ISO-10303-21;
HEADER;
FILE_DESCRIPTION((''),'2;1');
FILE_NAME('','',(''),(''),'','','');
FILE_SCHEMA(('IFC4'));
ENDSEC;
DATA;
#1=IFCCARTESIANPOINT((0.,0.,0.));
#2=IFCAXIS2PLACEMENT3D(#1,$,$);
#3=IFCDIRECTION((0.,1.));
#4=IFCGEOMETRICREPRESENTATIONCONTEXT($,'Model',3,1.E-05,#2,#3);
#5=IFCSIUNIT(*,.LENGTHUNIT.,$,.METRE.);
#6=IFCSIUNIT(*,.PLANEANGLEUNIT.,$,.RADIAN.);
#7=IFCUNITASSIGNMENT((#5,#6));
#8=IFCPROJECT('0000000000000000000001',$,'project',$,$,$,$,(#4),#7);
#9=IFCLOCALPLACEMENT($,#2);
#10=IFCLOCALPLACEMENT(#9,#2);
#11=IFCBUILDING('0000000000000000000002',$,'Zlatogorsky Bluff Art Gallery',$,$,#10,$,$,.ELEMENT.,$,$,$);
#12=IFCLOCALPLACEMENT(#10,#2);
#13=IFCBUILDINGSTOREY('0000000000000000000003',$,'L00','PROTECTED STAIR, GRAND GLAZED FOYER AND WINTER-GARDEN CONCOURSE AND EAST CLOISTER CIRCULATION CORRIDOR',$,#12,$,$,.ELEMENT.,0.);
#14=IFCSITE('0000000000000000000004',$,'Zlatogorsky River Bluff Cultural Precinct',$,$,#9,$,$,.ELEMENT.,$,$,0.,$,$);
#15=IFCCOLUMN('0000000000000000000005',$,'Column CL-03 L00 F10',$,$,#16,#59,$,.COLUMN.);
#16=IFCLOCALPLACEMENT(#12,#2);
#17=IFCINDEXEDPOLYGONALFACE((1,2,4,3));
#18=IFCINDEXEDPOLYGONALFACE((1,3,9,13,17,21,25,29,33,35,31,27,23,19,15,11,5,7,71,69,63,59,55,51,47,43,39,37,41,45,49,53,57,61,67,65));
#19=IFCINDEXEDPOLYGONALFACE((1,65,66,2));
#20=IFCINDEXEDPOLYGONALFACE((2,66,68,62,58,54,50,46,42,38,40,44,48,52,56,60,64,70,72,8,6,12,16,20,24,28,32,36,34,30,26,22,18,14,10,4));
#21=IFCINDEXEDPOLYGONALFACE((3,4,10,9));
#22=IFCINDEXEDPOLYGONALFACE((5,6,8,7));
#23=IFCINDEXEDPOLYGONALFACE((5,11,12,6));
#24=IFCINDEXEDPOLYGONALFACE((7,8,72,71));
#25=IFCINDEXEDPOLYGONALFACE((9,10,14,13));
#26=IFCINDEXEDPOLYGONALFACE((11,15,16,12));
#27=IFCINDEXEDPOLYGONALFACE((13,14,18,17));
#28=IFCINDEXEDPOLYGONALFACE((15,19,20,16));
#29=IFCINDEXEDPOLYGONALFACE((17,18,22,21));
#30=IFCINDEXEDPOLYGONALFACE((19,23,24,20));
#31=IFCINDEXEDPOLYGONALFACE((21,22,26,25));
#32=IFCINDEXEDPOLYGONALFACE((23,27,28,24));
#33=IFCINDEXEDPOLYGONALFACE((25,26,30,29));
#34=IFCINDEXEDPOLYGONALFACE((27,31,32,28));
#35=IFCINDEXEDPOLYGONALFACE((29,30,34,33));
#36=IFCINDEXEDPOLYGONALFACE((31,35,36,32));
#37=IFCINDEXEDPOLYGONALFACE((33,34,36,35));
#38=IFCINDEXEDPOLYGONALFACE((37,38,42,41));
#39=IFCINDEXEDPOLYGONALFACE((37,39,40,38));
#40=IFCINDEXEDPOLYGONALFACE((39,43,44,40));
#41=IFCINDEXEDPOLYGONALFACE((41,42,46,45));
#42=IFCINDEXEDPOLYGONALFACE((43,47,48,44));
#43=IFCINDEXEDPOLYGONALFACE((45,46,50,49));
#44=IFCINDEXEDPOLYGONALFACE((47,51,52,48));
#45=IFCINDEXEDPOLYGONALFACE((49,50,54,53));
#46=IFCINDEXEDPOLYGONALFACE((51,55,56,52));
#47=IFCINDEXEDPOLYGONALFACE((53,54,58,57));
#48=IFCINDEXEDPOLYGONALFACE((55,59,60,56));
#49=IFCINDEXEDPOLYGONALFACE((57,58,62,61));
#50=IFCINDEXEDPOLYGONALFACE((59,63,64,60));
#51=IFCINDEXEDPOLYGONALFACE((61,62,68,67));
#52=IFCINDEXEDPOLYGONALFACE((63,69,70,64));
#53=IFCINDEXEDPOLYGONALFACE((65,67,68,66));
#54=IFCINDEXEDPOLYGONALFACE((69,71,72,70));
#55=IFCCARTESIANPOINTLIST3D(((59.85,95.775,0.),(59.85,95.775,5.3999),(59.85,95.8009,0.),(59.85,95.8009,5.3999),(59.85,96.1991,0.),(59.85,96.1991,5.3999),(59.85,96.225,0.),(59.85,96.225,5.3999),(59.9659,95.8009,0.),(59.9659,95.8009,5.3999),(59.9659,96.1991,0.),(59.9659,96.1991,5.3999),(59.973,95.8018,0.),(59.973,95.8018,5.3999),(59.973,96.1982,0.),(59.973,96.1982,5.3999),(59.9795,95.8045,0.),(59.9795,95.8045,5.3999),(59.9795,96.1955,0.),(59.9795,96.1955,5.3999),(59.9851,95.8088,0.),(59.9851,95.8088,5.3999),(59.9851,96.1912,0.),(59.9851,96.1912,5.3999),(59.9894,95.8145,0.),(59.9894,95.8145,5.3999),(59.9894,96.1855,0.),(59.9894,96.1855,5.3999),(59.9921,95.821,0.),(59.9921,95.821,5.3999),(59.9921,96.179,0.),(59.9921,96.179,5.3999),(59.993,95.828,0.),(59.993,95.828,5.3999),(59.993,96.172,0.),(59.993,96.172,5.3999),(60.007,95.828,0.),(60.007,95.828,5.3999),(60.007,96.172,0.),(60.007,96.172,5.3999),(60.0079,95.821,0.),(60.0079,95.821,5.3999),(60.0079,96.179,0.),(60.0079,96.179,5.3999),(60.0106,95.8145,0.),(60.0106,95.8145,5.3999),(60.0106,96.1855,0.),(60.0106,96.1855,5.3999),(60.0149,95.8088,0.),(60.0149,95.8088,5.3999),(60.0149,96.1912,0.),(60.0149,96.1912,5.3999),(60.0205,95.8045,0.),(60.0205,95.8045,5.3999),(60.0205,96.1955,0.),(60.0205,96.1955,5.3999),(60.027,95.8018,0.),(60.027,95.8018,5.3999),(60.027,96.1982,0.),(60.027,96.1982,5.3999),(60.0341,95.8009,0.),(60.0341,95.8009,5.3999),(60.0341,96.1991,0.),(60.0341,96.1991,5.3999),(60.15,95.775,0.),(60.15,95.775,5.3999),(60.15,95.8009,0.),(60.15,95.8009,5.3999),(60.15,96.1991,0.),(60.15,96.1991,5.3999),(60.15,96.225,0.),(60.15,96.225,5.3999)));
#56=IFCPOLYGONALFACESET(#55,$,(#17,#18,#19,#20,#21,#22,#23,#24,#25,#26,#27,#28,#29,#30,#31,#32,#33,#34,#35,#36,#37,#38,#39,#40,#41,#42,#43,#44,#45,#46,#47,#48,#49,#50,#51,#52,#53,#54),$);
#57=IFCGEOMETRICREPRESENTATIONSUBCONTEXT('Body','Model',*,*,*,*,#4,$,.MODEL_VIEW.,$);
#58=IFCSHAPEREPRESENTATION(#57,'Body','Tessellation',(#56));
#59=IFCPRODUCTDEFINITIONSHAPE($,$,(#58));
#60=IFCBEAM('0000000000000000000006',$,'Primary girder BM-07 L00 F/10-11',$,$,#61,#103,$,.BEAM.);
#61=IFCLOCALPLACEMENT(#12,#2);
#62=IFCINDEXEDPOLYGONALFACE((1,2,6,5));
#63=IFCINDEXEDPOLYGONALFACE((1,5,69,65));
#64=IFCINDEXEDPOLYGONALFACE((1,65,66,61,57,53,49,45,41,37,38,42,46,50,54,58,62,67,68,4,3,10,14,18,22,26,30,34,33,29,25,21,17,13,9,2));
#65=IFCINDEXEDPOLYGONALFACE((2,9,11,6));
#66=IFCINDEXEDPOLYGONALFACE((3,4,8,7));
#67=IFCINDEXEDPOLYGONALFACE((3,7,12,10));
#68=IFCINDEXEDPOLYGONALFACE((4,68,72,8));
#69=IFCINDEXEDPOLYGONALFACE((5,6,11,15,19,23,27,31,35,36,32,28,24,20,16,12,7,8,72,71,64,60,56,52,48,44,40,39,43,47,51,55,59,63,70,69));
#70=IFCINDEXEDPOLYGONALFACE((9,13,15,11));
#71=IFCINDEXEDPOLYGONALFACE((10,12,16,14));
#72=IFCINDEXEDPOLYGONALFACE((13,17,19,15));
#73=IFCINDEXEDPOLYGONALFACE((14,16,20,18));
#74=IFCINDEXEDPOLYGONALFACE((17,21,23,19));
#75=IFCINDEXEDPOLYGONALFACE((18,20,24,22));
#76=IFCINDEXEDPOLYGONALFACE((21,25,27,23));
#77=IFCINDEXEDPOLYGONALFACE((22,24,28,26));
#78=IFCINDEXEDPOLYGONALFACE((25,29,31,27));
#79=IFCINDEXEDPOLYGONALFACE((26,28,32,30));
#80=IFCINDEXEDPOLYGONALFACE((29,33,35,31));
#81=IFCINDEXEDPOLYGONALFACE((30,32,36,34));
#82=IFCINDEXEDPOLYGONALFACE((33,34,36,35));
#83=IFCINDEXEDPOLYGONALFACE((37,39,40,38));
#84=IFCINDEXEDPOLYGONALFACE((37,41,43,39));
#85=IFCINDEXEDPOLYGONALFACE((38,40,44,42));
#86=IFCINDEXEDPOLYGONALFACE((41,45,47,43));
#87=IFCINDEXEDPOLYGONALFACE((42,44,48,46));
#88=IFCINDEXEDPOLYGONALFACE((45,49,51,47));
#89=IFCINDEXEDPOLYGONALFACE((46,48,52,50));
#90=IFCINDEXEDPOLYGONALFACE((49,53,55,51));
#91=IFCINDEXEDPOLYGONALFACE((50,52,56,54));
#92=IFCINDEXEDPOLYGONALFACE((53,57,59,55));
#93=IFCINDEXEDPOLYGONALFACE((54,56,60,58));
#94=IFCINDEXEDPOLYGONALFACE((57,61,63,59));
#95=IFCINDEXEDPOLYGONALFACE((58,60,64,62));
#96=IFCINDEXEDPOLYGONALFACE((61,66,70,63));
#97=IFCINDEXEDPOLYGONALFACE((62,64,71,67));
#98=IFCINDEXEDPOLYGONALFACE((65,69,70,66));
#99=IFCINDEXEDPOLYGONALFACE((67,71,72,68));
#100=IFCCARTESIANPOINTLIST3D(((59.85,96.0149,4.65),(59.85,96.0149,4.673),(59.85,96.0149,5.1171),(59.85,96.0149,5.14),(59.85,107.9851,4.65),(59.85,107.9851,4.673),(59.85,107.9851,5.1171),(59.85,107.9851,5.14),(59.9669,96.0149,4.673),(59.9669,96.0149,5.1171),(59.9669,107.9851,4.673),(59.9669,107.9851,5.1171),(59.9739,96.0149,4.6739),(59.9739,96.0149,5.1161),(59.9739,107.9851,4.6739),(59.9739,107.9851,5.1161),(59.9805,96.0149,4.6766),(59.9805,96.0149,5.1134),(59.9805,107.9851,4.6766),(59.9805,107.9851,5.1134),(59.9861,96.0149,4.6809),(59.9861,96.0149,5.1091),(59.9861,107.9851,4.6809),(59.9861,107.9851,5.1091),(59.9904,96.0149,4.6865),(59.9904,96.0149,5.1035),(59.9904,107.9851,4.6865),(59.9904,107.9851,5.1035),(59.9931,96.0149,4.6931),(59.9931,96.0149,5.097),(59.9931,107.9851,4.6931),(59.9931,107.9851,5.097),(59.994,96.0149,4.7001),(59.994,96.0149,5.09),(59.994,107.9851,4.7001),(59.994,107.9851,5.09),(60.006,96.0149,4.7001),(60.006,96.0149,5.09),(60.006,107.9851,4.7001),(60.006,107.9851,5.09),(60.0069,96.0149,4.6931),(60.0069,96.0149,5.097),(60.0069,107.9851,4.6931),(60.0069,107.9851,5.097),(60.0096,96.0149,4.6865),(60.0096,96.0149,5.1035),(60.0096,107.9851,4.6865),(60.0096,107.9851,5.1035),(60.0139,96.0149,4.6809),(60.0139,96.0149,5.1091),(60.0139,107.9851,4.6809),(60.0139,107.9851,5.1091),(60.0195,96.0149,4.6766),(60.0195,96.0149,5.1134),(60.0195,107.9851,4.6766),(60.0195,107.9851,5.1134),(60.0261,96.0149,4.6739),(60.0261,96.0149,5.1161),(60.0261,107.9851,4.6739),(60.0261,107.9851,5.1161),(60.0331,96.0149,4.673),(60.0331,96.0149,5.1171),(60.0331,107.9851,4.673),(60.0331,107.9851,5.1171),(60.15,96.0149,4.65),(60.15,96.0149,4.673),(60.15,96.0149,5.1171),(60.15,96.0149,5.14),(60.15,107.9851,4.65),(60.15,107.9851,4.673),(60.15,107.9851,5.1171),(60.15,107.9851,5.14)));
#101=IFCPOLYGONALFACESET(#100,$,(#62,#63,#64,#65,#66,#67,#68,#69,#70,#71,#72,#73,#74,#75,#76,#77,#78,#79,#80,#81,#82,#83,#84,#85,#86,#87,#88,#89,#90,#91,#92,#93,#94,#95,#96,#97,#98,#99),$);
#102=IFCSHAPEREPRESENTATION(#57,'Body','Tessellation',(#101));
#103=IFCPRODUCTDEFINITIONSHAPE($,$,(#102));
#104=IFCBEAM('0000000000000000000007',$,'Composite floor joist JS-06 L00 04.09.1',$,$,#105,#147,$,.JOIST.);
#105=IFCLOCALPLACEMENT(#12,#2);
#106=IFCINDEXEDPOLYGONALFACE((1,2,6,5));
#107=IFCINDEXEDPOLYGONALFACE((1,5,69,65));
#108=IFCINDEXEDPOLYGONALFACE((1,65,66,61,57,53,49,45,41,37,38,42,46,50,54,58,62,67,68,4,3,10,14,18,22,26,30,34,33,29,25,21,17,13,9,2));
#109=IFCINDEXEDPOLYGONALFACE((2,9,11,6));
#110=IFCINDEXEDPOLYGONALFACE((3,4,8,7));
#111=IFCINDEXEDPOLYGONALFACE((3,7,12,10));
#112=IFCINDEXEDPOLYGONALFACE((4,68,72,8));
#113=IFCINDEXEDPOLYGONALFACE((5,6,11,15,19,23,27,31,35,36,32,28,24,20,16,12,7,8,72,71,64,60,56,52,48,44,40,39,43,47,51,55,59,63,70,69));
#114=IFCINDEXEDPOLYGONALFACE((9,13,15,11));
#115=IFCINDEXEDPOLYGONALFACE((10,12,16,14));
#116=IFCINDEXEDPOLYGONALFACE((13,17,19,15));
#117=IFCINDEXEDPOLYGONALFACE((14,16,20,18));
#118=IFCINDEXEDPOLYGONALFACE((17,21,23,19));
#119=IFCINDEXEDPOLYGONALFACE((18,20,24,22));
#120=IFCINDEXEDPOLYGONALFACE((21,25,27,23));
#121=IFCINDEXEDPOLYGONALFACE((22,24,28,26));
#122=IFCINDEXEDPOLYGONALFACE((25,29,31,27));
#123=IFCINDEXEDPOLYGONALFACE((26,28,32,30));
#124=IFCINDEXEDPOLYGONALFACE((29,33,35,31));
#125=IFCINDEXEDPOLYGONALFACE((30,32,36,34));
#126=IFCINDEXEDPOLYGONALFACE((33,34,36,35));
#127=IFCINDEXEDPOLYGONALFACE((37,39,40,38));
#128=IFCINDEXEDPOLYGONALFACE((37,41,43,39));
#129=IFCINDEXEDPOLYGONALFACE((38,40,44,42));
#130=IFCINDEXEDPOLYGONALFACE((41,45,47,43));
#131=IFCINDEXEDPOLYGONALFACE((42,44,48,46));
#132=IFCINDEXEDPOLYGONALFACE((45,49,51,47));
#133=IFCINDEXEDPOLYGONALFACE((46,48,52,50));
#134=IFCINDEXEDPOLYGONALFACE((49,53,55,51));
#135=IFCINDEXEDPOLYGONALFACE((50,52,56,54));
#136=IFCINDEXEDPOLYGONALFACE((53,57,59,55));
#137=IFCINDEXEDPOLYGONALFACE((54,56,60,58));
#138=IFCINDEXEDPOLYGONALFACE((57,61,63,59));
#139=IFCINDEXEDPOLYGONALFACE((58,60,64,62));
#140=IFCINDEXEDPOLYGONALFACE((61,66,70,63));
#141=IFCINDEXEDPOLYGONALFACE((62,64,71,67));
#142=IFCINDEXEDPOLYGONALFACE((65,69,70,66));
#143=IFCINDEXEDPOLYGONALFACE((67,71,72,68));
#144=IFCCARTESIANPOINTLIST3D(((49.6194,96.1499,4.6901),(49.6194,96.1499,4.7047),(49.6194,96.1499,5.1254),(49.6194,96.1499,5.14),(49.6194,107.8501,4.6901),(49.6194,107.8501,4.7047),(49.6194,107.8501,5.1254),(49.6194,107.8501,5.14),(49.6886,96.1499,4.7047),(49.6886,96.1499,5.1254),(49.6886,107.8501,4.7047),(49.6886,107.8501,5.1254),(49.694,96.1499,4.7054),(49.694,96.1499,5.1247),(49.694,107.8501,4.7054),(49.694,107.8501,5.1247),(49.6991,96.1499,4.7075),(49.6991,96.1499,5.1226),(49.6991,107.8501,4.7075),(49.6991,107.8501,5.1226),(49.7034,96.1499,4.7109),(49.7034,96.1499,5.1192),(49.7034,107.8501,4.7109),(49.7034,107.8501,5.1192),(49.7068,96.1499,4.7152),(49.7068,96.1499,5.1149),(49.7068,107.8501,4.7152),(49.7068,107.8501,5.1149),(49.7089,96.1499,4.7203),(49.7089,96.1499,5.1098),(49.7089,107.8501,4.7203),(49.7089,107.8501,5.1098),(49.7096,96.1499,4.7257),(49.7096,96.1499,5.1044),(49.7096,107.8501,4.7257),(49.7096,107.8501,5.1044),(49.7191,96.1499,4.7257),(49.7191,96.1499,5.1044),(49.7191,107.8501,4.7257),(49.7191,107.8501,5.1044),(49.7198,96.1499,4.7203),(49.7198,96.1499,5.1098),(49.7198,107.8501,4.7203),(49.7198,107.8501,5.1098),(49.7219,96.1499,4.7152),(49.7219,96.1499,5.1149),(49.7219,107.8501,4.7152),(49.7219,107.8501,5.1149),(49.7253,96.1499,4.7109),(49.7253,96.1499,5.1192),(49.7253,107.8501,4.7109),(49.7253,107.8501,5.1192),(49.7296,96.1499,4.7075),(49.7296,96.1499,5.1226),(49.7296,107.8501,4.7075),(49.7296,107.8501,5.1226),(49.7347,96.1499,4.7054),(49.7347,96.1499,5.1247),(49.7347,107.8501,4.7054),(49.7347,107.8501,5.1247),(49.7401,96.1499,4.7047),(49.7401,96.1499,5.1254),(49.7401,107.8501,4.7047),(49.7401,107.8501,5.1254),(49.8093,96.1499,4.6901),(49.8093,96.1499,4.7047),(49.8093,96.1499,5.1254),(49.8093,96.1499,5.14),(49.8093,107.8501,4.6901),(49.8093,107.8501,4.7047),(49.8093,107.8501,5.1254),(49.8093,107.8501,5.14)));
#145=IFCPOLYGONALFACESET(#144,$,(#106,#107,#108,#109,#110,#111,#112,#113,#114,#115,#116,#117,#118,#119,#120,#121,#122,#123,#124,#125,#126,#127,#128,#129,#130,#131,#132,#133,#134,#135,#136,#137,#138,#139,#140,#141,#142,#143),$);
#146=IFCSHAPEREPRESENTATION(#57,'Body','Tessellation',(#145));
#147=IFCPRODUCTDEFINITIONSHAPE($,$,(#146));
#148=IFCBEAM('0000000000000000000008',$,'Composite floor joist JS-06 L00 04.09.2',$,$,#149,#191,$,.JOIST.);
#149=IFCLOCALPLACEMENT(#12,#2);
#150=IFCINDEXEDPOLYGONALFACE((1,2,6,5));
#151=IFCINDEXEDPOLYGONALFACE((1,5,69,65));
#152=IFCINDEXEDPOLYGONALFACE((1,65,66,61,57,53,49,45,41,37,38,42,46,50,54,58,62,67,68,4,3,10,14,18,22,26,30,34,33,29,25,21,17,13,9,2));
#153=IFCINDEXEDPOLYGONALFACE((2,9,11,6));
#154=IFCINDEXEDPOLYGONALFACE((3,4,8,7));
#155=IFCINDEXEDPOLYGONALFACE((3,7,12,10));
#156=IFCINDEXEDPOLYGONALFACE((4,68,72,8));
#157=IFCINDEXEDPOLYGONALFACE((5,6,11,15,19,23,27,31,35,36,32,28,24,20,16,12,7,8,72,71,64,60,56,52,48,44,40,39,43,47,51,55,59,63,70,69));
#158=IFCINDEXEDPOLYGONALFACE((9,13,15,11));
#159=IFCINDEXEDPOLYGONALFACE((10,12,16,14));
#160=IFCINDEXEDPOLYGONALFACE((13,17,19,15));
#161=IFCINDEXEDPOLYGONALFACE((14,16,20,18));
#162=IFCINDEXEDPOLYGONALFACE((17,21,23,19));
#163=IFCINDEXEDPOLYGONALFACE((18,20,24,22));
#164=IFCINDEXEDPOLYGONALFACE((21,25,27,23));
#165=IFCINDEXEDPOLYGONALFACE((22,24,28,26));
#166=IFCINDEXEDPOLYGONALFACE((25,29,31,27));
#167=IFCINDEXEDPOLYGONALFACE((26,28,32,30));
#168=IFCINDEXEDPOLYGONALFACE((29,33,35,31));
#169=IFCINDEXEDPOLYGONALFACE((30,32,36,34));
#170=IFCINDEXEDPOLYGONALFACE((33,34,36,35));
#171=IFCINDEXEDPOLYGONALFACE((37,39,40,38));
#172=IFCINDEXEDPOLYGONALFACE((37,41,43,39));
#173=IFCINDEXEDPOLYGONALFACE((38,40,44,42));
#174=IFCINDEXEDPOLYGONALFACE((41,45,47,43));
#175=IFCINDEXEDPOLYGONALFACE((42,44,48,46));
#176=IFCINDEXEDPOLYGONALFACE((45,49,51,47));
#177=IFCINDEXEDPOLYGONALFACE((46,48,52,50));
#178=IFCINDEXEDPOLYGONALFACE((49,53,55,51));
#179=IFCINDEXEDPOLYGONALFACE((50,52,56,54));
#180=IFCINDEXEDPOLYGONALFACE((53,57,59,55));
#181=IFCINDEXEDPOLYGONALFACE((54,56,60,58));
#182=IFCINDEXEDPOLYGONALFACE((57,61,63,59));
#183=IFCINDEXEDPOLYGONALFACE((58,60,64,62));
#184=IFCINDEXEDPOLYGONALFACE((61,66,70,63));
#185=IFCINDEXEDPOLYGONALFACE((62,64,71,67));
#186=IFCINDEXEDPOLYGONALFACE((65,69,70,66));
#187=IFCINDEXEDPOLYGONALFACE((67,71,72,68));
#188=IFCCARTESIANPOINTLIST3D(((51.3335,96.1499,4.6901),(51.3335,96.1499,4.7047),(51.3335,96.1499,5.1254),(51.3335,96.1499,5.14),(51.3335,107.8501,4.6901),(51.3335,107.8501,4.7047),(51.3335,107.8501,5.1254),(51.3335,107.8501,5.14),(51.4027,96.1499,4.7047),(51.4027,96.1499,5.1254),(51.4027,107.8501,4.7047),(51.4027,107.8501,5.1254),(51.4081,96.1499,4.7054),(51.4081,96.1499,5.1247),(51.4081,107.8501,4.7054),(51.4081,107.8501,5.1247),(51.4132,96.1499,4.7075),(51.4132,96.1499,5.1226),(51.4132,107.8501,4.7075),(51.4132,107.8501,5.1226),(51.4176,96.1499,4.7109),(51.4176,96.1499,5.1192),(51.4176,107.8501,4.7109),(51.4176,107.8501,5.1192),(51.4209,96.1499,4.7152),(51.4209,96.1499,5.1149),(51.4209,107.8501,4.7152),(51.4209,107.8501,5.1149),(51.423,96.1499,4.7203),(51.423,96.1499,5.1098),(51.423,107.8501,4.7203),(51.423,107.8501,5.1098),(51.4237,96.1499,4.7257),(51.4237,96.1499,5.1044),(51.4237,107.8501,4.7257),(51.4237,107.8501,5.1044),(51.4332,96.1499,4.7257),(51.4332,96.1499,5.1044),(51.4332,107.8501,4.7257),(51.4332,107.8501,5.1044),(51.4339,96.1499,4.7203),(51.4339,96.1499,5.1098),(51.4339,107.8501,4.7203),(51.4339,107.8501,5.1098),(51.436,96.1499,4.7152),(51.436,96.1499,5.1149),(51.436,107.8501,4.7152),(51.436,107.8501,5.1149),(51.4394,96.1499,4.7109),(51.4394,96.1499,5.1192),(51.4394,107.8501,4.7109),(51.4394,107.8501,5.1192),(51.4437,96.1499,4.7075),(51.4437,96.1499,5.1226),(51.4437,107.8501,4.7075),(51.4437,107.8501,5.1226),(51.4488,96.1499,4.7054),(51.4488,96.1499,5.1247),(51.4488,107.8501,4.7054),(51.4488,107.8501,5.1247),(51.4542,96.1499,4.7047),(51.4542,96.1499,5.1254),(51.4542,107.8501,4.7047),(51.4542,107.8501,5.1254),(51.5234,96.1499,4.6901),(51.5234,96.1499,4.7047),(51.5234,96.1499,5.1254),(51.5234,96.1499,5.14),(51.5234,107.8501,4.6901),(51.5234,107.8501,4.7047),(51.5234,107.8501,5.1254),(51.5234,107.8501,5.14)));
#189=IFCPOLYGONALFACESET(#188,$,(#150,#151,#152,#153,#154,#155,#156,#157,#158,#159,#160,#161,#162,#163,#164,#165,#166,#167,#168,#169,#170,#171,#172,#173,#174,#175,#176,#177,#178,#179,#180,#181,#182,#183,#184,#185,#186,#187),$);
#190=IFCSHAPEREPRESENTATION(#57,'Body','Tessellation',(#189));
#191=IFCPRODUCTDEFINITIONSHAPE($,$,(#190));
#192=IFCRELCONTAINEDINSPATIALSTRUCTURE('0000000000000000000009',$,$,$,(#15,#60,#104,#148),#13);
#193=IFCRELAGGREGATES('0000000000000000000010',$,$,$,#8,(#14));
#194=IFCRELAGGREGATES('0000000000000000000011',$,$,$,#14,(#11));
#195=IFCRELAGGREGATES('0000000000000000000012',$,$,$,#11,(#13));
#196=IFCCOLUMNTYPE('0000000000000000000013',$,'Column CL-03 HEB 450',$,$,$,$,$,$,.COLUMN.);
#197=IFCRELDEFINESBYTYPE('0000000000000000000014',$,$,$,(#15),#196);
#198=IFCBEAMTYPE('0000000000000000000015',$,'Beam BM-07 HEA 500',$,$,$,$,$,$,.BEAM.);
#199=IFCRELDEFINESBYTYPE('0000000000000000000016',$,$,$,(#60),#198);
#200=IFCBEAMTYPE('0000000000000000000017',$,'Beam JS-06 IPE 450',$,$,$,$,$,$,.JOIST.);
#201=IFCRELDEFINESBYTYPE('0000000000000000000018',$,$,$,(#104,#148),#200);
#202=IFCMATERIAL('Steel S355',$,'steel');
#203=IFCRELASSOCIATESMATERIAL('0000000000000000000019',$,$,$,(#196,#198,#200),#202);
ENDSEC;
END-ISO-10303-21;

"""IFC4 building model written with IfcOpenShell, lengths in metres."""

from ifc_helpers import new_model, si_unit, direction, frame, origin, origin_2d, place, context, subcontext, project, spatial, i_section, extrude, material, material_profile, profile_set, type_object, element, save


model = new_model("IFC4")

# Units and contexts
model_context = context("Model", 3, precision=1e-05, world=origin(), true_north=direction((0.0, 1.0)))
body_context = subcontext(model_context, "Body", "Model", "MODEL_VIEW")
ifc_project = project(units=[si_unit("LENGTHUNIT", "METRE"), si_unit("PLANEANGLEUNIT", "RADIAN")], contexts=[model_context])

# Site, building, storey
site_placement = place(None, origin())
site = spatial("IfcSite", under=ifc_project, at=site_placement, Name="Zlatogorsky River Bluff Cultural Precinct", CompositionType="ELEMENT", RefElevation=0.0)
building_placement = place(site_placement, origin())
building = spatial("IfcBuilding", under=site, at=building_placement, Name="Zlatogorsky Bluff Art Gallery", CompositionType="ELEMENT")
storey_placement = place(building_placement, origin())
storey = spatial("IfcBuildingStorey", under=building, at=storey_placement, Name="L00", Description="PROTECTED STAIR, GRAND GLAZED FOYER AND WINTER-GARDEN CONCOURSE AND EAST CLOISTER CIRCULATION CORRIDOR", CompositionType="ELEMENT", Elevation=0.0)

# Column
ifc_material_1 = material(Name="Steel S355", Category="steel")
ifc_material_profile_1 = material_profile(ifc_material_1, i_section(OverallWidth=0.3, OverallDepth=0.45, WebThickness=0.0139, FlangeThickness=0.0259, FilletRadius=0.0271, at=origin_2d()), Name="HEB 450")
ifc_profile_set_1 = profile_set([ifc_material_profile_1], Name="Steel S355")
column_type = type_object("IfcColumnType", Name="Column CL-03 HEB 450", PredefinedType="COLUMN", material=ifc_profile_set_1)
column_placement = place(storey_placement, frame((60.0, 96.0, 0.0), z_axis=(0.0, 0.0, 1.0), x_axis=(1.0, 0.0, 0.0)))
element("IfcColumn", 1, at=column_placement, inside=storey, type_object=column_type, Name="Column CL-03 L00 F10", PredefinedType="COLUMN", context=body_context, shape_type="SweptSolid", body=[
    extrude(i_section(OverallWidth=0.3, OverallDepth=0.45, WebThickness=0.0139, FlangeThickness=0.0259, FilletRadius=0.0271, at=origin_2d()), origin(), (0.0, 0.0, 1.0), 5.3999),
])

# Beams
ifc_material_profile_2 = material_profile(ifc_material_1, i_section(OverallWidth=0.3, OverallDepth=0.49, WebThickness=0.012, FlangeThickness=0.0229, FilletRadius=0.0271, at=origin_2d()), Name="HEA 500")
ifc_profile_set_2 = profile_set([ifc_material_profile_2], Name="Steel S355")
beam_type_1 = type_object("IfcBeamType", Name="Beam BM-07 HEA 500", PredefinedType="BEAM", material=ifc_profile_set_2)
beam_placement = place(storey_placement, frame((60.0, 96.0149, 4.895), z_axis=(0.0, 1.0, 0.0), x_axis=(-1.0, 0.0, 0.0)))
element("IfcBeam", 2, at=beam_placement, inside=storey, type_object=beam_type_1, Name="Primary girder BM-07 L00 F/10-11", PredefinedType="BEAM", context=body_context, shape_type="SweptSolid", body=[
    extrude(i_section(OverallWidth=0.3, OverallDepth=0.49, WebThickness=0.012, FlangeThickness=0.0229, FilletRadius=0.0271, at=origin_2d()), origin(), (0.0, 0.0, 1.0), 11.9702),
])
ifc_material_profile_3 = material_profile(ifc_material_1, i_section(OverallWidth=0.1899, OverallDepth=0.45, WebThickness=0.0095, FlangeThickness=0.0146, FilletRadius=0.021, at=origin_2d()), Name="IPE 450")
ifc_profile_set_3 = profile_set([ifc_material_profile_3], Name="Steel S355")
beam_type_2 = type_object("IfcBeamType", Name="Beam JS-06 IPE 450", PredefinedType="JOIST", material=ifc_profile_set_3)
for number, where, z_axis, x_axis, name in (
    (3, (49.7144, 96.1499, 4.915), (0.0, 1.0, 0.0), (-1.0, 0.0, 0.0), "Composite floor joist JS-06 L00 04.09.1"),
    (4, (51.4285, 96.1499, 4.915), (0.0, 1.0, 0.0), (-1.0, 0.0, 0.0), "Composite floor joist JS-06 L00 04.09.2"),
):
    element("IfcBeam", number, at=place(storey_placement, frame(where, z_axis=z_axis, x_axis=x_axis)), inside=storey, type_object=beam_type_2, Name=name, PredefinedType="JOIST", context=body_context, shape_type="SweptSolid", body=[
        extrude(i_section(OverallWidth=0.1899, OverallDepth=0.45, WebThickness=0.0095, FlangeThickness=0.0146, FilletRadius=0.021, at=origin_2d()), origin(), (0.0, 0.0, 1.0), 11.7002),
    ])

save(model, "model.ifc")
